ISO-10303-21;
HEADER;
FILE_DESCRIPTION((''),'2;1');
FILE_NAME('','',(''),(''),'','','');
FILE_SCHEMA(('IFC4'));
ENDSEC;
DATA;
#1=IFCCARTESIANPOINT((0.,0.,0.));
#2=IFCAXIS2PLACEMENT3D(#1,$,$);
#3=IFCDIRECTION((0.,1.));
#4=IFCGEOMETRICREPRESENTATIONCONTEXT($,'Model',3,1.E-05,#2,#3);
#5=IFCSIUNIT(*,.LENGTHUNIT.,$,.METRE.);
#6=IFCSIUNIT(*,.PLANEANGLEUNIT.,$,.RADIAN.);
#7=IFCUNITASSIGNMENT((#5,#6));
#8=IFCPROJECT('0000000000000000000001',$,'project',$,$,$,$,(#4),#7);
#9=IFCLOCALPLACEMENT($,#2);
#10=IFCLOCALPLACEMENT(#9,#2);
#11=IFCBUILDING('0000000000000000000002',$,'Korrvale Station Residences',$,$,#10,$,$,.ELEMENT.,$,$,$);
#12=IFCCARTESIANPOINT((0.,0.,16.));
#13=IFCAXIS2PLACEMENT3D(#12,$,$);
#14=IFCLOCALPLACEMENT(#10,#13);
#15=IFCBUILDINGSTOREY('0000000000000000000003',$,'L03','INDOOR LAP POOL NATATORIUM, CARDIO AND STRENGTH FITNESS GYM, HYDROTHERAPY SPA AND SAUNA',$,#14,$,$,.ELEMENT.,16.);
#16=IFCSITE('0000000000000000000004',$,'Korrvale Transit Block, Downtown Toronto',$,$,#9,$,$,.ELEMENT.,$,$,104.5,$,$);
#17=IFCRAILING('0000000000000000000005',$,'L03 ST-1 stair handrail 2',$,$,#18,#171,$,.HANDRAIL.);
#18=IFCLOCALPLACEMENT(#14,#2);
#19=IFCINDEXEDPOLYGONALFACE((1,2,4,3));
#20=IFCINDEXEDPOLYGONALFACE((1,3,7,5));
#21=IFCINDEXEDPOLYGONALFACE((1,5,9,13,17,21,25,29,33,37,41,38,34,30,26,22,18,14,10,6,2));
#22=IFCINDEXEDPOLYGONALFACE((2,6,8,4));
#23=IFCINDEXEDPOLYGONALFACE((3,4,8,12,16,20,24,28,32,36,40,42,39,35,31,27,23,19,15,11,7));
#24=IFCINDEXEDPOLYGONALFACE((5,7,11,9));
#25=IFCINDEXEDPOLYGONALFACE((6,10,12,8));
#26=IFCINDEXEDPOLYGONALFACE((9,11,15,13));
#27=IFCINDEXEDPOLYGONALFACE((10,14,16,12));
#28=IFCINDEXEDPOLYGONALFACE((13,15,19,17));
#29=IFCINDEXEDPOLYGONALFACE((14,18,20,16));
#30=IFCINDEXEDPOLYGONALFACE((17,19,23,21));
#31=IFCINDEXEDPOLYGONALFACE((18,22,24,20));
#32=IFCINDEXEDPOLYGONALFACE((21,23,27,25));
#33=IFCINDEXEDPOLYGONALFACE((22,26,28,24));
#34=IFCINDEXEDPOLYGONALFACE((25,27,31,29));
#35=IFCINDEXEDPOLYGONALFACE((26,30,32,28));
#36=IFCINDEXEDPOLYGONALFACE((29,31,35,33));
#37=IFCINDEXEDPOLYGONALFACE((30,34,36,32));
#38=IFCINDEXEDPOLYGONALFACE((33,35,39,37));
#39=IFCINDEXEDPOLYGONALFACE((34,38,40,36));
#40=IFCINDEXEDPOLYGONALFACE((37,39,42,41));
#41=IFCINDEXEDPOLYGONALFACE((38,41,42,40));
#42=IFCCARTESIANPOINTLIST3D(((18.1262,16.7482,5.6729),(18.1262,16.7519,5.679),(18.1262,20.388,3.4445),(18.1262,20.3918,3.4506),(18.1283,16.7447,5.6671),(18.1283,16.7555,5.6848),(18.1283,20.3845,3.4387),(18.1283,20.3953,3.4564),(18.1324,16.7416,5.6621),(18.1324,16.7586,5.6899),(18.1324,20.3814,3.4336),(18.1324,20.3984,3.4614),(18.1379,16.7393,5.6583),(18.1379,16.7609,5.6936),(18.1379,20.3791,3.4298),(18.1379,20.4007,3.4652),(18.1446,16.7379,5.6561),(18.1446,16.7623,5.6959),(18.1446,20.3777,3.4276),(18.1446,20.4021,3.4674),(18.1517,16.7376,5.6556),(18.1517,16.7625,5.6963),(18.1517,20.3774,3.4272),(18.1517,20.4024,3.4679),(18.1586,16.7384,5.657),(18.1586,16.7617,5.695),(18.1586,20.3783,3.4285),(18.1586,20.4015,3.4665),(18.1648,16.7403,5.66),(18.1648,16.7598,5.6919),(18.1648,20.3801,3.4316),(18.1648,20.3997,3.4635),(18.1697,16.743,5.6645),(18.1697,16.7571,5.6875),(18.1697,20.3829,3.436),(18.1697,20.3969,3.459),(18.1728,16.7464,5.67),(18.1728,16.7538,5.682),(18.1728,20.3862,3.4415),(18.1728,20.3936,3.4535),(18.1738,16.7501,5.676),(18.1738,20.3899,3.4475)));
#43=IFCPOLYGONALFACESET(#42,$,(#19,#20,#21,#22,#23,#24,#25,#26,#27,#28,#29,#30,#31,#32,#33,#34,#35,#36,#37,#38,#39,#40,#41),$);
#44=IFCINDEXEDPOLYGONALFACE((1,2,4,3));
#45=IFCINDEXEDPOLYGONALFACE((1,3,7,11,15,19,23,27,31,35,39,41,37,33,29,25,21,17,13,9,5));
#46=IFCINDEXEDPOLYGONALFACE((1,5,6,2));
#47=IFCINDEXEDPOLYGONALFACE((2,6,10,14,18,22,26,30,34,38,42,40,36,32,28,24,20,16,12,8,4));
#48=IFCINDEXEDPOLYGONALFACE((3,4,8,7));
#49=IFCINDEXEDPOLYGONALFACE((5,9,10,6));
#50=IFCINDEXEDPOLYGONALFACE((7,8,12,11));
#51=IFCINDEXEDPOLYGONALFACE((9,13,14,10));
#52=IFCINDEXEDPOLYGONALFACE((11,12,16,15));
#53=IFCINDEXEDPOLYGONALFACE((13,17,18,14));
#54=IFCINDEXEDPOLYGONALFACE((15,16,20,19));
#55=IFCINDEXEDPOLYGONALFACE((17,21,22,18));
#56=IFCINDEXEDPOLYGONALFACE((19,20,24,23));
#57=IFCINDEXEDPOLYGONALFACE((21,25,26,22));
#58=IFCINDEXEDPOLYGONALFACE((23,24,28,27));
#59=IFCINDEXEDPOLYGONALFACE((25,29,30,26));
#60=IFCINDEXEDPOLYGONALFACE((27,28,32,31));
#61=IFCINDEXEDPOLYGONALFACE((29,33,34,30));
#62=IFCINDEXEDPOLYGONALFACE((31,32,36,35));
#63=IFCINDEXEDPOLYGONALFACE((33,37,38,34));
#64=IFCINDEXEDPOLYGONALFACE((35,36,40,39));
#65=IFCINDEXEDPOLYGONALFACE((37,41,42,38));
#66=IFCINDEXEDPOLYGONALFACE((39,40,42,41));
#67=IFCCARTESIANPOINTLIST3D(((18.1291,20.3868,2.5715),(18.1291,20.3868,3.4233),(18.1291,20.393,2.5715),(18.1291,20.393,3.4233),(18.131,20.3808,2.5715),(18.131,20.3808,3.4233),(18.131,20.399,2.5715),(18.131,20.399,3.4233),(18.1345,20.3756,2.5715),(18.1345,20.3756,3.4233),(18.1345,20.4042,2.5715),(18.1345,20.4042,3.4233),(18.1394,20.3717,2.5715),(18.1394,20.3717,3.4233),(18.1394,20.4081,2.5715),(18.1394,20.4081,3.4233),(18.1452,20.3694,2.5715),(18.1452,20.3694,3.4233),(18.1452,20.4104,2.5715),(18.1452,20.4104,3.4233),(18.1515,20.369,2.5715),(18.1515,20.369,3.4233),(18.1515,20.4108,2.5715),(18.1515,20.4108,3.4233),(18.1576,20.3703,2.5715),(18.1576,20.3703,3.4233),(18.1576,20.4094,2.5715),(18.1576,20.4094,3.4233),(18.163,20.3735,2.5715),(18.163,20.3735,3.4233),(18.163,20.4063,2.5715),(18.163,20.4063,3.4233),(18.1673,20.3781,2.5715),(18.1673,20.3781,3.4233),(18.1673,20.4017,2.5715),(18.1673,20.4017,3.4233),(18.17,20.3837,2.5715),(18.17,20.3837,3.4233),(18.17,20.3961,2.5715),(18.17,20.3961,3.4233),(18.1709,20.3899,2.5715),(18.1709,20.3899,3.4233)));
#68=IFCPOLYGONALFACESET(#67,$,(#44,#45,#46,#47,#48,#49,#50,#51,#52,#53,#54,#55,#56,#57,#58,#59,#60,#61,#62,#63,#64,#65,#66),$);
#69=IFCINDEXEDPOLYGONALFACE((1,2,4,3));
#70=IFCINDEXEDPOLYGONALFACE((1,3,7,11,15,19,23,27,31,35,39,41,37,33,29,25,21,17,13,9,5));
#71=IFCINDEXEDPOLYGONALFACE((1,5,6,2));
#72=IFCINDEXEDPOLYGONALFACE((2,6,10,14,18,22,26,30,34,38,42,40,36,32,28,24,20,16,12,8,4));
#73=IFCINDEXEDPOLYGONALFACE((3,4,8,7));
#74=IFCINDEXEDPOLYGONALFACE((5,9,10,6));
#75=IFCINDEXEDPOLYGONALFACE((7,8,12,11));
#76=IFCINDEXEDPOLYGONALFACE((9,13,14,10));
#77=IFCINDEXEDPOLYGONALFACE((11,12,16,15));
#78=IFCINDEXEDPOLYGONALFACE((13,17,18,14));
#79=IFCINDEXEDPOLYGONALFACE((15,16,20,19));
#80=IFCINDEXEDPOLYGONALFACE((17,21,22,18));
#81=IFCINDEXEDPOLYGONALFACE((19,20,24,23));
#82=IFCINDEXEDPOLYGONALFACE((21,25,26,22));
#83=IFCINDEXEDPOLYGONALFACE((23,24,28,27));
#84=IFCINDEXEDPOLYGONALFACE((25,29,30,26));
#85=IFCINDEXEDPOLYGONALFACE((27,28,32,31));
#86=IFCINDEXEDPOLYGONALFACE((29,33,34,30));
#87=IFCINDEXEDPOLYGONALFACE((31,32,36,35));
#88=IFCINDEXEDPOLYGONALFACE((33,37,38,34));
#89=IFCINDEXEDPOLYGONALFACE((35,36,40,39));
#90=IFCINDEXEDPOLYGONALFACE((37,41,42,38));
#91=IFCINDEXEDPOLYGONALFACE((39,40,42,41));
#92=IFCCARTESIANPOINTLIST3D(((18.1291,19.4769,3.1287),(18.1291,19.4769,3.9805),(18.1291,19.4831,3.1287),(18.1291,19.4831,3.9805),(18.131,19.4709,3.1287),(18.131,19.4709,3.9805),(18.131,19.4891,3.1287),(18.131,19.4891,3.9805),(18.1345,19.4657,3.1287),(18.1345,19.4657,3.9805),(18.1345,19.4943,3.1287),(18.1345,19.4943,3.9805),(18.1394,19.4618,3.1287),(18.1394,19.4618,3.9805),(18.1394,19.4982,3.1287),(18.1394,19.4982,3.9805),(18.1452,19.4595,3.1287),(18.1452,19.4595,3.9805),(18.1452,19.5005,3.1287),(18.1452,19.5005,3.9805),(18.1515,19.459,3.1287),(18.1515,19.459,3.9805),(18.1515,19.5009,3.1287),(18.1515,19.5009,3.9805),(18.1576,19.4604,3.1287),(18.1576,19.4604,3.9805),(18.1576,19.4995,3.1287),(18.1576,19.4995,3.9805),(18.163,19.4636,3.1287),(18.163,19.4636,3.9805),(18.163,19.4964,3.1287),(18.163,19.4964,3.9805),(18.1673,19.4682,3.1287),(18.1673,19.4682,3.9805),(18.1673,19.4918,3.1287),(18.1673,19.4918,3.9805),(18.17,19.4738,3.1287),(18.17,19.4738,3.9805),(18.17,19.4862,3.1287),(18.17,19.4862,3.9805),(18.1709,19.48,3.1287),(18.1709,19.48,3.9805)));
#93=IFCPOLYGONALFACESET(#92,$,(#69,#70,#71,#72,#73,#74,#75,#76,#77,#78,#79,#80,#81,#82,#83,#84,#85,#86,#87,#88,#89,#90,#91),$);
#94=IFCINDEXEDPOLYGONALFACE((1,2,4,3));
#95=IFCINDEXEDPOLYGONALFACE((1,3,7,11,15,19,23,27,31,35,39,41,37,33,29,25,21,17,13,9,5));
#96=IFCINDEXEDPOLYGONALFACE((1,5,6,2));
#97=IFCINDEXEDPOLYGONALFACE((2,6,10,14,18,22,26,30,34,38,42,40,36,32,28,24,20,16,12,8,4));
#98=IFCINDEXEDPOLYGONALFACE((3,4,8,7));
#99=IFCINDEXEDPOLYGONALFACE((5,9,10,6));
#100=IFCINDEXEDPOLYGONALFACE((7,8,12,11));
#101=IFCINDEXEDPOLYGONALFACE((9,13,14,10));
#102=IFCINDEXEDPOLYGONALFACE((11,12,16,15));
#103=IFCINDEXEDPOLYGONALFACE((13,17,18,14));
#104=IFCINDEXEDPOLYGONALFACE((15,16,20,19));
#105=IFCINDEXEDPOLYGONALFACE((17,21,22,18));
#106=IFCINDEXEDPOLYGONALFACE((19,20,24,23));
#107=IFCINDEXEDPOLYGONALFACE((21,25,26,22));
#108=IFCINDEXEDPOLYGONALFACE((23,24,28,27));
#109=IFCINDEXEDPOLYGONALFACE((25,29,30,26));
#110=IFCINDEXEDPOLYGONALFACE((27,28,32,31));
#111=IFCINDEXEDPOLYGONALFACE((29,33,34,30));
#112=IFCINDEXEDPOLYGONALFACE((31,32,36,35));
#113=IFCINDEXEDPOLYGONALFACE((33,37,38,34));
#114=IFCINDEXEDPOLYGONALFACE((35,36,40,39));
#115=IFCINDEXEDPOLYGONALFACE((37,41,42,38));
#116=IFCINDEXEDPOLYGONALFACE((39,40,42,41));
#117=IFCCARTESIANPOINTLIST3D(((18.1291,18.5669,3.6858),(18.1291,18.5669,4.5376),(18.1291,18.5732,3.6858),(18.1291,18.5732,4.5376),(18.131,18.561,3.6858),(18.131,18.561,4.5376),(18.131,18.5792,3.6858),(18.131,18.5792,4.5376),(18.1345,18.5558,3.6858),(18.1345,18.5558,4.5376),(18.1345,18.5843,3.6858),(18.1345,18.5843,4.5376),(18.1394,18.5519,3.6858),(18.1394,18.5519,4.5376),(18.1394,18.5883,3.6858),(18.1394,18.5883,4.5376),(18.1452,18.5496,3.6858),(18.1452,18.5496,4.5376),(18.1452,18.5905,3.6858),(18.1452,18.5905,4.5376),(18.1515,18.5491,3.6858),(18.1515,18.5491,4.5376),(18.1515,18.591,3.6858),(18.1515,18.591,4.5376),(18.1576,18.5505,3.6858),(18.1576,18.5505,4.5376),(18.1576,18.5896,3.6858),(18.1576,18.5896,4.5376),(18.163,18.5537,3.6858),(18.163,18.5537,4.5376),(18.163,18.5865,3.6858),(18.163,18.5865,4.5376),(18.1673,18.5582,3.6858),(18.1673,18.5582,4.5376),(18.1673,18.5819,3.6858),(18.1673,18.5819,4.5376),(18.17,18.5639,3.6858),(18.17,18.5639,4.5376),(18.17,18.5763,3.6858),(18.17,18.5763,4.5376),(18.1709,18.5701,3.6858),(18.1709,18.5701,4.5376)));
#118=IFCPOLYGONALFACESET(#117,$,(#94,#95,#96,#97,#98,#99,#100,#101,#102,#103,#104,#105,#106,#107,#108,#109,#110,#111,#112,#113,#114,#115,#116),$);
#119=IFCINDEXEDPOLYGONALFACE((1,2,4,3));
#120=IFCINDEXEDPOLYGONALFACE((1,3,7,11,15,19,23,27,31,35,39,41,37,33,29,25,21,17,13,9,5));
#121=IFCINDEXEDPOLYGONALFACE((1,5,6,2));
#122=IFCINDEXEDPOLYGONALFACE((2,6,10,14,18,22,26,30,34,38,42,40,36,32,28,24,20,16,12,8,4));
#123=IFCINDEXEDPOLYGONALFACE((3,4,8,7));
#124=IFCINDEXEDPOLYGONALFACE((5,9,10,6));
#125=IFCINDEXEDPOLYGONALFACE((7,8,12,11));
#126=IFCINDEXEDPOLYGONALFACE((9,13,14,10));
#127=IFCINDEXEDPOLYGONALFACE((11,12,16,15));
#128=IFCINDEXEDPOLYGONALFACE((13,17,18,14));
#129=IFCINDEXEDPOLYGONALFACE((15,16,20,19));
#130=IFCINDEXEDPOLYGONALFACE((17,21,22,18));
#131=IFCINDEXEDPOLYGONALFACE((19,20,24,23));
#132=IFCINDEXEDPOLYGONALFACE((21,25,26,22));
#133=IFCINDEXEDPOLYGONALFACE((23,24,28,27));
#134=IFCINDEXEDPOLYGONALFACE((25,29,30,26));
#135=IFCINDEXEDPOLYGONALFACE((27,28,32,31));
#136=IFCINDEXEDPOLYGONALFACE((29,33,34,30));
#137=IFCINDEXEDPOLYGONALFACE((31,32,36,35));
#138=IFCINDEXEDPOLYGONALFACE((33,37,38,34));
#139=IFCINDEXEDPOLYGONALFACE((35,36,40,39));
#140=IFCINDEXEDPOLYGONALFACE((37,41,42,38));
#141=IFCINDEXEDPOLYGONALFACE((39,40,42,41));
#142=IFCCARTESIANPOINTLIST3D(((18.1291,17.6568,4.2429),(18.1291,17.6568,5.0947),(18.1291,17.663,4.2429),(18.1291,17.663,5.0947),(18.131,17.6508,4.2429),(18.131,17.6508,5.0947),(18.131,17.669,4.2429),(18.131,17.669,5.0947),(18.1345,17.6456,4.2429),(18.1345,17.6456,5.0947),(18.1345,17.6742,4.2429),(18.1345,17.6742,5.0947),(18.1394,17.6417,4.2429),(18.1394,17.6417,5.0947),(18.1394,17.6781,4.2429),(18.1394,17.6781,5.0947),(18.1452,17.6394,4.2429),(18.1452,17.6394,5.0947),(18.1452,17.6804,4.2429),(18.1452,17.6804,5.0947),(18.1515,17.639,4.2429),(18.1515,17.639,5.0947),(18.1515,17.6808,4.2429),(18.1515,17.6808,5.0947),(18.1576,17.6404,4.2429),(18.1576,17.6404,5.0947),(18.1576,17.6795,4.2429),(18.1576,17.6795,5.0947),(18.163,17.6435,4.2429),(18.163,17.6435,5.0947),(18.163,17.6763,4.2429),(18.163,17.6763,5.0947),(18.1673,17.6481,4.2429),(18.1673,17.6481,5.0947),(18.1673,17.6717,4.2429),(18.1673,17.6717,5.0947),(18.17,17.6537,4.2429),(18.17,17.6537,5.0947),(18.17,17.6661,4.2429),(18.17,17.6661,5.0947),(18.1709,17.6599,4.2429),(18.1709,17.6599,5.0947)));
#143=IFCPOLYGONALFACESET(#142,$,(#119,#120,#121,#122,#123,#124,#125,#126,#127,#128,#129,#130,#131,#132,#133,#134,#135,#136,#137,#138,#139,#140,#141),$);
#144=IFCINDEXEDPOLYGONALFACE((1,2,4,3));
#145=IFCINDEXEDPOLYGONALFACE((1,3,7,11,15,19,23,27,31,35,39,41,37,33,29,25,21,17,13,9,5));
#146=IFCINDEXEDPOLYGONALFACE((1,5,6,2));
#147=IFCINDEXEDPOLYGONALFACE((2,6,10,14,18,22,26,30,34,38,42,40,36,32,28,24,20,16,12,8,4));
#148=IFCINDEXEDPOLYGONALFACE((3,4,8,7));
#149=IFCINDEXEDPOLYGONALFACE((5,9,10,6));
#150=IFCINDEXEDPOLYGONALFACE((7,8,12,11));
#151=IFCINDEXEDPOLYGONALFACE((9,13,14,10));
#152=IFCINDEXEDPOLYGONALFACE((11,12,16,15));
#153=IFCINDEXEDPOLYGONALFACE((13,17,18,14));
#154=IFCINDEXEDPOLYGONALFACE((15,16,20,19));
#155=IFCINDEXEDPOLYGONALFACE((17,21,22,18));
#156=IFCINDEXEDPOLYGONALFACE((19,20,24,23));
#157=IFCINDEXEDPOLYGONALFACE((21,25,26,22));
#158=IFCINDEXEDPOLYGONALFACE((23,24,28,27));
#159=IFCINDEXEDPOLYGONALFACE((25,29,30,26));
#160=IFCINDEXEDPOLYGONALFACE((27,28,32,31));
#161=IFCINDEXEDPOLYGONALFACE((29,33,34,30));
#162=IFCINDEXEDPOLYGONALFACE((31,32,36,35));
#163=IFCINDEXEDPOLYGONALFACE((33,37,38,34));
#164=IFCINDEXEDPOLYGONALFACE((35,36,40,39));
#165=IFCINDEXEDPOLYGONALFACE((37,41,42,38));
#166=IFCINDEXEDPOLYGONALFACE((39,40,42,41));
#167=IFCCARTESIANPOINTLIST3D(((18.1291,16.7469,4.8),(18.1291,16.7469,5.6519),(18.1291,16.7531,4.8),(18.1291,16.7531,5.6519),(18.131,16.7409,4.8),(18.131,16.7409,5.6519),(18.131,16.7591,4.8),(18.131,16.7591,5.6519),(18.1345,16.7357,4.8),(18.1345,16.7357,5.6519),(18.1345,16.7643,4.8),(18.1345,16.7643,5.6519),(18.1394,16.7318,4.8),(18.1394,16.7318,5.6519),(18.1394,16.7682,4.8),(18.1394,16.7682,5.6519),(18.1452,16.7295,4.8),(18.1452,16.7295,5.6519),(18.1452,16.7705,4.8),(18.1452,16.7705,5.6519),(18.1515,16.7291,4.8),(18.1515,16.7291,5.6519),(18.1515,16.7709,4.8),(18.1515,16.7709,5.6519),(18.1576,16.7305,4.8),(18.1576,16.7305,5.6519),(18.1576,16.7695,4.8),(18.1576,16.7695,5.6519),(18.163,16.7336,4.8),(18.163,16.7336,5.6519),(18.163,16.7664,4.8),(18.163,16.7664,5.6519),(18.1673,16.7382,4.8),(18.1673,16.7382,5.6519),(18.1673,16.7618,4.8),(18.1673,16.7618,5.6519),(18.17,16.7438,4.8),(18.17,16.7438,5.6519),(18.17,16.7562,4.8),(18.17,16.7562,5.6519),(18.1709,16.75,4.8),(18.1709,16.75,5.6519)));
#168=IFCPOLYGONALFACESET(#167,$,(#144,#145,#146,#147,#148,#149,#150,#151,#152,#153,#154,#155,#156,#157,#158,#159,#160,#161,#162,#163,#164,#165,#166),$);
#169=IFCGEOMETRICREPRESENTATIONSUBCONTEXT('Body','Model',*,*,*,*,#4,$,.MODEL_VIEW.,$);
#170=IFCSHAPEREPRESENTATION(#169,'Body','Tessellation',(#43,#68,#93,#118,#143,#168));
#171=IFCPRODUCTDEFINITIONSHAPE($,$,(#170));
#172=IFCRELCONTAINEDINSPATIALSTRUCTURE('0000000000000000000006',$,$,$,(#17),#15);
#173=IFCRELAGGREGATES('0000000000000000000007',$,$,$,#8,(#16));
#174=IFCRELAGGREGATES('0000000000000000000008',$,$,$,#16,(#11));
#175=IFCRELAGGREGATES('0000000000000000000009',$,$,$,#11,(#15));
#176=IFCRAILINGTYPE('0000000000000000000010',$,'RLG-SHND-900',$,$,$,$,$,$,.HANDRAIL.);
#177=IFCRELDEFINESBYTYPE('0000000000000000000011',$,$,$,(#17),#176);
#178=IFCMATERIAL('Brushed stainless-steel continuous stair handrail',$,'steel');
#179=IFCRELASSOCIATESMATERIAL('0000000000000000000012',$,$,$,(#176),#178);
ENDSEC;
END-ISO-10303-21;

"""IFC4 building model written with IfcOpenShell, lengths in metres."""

from ifc_helpers import new_model, si_unit, direction, frame, origin, origin_2d, place, context, subcontext, project, spatial, circle, extrude, material, type_object, element, save


model = new_model("IFC4")

# Units and contexts
model_context = context("Model", 3, precision=1e-05, world=origin(), true_north=direction((0.0, 1.0)))
body_context = subcontext(model_context, "Body", "Model", "MODEL_VIEW")
ifc_project = project(units=[si_unit("LENGTHUNIT", "METRE"), si_unit("PLANEANGLEUNIT", "RADIAN")], contexts=[model_context])

# Site, building, storey
site_placement = place(None, origin())
site = spatial("IfcSite", under=ifc_project, at=site_placement, Name="Korrvale Transit Block, Downtown Toronto", CompositionType="ELEMENT", RefElevation=104.5)
building_placement = place(site_placement, origin())
building = spatial("IfcBuilding", under=site, at=building_placement, Name="Korrvale Station Residences", CompositionType="ELEMENT")
storey_placement = place(building_placement, frame((0.0, 0.0, 16.0)))
storey = spatial("IfcBuildingStorey", under=building, at=storey_placement, Name="L03", Description="INDOOR LAP POOL NATATORIUM, CARDIO AND STRENGTH FITNESS GYM, HYDROTHERAPY SPA AND SAUNA", CompositionType="ELEMENT", Elevation=16.0)

# Railing
ifc_material_1 = material(Name="Brushed stainless-steel continuous stair handrail", Category="steel")
railing_type_1 = type_object("IfcRailingType", Name="RLG-SHND-900", PredefinedType="HANDRAIL", material=ifc_material_1)
railing_1_placement = place(storey_placement, frame((18.1499, 20.3899, 2.5715)))
element("IfcRailing", 1, at=railing_1_placement, inside=storey, type_object=railing_type_1, Name="L03 ST-1 stair handrail 2", PredefinedType="HANDRAIL", context=body_context, shape_type="SweptSolid", body=[
    extrude(circle(Radius=0.0239, at=origin_2d()), frame((0.0, 0.0, 0.876), z_axis=(0.0, -0.85285, 0.522156), x_axis=(1.0, 0.0, 0.0)), (0.0, 0.0, 1.0), 4.2678),
    extrude(circle(Radius=0.021, at=origin_2d()), origin(), (0.0, 0.0, 1.0), 0.8518),
    extrude(circle(Radius=0.021, at=origin_2d()), frame((0.0, -0.9099, 0.5571)), (0.0, 0.0, 1.0), 0.8518),
    extrude(circle(Radius=0.021, at=origin_2d()), frame((0.0, -1.8198, 1.1143)), (0.0, 0.0, 1.0), 0.8518),
    extrude(circle(Radius=0.021, at=origin_2d()), frame((0.0, -2.73, 1.6714)), (0.0, 0.0, 1.0), 0.8518),
    extrude(circle(Radius=0.021, at=origin_2d()), frame((0.0, -3.6399, 2.2285)), (0.0, 0.0, 1.0), 0.8518),
])

save(model, "model.ifc")
